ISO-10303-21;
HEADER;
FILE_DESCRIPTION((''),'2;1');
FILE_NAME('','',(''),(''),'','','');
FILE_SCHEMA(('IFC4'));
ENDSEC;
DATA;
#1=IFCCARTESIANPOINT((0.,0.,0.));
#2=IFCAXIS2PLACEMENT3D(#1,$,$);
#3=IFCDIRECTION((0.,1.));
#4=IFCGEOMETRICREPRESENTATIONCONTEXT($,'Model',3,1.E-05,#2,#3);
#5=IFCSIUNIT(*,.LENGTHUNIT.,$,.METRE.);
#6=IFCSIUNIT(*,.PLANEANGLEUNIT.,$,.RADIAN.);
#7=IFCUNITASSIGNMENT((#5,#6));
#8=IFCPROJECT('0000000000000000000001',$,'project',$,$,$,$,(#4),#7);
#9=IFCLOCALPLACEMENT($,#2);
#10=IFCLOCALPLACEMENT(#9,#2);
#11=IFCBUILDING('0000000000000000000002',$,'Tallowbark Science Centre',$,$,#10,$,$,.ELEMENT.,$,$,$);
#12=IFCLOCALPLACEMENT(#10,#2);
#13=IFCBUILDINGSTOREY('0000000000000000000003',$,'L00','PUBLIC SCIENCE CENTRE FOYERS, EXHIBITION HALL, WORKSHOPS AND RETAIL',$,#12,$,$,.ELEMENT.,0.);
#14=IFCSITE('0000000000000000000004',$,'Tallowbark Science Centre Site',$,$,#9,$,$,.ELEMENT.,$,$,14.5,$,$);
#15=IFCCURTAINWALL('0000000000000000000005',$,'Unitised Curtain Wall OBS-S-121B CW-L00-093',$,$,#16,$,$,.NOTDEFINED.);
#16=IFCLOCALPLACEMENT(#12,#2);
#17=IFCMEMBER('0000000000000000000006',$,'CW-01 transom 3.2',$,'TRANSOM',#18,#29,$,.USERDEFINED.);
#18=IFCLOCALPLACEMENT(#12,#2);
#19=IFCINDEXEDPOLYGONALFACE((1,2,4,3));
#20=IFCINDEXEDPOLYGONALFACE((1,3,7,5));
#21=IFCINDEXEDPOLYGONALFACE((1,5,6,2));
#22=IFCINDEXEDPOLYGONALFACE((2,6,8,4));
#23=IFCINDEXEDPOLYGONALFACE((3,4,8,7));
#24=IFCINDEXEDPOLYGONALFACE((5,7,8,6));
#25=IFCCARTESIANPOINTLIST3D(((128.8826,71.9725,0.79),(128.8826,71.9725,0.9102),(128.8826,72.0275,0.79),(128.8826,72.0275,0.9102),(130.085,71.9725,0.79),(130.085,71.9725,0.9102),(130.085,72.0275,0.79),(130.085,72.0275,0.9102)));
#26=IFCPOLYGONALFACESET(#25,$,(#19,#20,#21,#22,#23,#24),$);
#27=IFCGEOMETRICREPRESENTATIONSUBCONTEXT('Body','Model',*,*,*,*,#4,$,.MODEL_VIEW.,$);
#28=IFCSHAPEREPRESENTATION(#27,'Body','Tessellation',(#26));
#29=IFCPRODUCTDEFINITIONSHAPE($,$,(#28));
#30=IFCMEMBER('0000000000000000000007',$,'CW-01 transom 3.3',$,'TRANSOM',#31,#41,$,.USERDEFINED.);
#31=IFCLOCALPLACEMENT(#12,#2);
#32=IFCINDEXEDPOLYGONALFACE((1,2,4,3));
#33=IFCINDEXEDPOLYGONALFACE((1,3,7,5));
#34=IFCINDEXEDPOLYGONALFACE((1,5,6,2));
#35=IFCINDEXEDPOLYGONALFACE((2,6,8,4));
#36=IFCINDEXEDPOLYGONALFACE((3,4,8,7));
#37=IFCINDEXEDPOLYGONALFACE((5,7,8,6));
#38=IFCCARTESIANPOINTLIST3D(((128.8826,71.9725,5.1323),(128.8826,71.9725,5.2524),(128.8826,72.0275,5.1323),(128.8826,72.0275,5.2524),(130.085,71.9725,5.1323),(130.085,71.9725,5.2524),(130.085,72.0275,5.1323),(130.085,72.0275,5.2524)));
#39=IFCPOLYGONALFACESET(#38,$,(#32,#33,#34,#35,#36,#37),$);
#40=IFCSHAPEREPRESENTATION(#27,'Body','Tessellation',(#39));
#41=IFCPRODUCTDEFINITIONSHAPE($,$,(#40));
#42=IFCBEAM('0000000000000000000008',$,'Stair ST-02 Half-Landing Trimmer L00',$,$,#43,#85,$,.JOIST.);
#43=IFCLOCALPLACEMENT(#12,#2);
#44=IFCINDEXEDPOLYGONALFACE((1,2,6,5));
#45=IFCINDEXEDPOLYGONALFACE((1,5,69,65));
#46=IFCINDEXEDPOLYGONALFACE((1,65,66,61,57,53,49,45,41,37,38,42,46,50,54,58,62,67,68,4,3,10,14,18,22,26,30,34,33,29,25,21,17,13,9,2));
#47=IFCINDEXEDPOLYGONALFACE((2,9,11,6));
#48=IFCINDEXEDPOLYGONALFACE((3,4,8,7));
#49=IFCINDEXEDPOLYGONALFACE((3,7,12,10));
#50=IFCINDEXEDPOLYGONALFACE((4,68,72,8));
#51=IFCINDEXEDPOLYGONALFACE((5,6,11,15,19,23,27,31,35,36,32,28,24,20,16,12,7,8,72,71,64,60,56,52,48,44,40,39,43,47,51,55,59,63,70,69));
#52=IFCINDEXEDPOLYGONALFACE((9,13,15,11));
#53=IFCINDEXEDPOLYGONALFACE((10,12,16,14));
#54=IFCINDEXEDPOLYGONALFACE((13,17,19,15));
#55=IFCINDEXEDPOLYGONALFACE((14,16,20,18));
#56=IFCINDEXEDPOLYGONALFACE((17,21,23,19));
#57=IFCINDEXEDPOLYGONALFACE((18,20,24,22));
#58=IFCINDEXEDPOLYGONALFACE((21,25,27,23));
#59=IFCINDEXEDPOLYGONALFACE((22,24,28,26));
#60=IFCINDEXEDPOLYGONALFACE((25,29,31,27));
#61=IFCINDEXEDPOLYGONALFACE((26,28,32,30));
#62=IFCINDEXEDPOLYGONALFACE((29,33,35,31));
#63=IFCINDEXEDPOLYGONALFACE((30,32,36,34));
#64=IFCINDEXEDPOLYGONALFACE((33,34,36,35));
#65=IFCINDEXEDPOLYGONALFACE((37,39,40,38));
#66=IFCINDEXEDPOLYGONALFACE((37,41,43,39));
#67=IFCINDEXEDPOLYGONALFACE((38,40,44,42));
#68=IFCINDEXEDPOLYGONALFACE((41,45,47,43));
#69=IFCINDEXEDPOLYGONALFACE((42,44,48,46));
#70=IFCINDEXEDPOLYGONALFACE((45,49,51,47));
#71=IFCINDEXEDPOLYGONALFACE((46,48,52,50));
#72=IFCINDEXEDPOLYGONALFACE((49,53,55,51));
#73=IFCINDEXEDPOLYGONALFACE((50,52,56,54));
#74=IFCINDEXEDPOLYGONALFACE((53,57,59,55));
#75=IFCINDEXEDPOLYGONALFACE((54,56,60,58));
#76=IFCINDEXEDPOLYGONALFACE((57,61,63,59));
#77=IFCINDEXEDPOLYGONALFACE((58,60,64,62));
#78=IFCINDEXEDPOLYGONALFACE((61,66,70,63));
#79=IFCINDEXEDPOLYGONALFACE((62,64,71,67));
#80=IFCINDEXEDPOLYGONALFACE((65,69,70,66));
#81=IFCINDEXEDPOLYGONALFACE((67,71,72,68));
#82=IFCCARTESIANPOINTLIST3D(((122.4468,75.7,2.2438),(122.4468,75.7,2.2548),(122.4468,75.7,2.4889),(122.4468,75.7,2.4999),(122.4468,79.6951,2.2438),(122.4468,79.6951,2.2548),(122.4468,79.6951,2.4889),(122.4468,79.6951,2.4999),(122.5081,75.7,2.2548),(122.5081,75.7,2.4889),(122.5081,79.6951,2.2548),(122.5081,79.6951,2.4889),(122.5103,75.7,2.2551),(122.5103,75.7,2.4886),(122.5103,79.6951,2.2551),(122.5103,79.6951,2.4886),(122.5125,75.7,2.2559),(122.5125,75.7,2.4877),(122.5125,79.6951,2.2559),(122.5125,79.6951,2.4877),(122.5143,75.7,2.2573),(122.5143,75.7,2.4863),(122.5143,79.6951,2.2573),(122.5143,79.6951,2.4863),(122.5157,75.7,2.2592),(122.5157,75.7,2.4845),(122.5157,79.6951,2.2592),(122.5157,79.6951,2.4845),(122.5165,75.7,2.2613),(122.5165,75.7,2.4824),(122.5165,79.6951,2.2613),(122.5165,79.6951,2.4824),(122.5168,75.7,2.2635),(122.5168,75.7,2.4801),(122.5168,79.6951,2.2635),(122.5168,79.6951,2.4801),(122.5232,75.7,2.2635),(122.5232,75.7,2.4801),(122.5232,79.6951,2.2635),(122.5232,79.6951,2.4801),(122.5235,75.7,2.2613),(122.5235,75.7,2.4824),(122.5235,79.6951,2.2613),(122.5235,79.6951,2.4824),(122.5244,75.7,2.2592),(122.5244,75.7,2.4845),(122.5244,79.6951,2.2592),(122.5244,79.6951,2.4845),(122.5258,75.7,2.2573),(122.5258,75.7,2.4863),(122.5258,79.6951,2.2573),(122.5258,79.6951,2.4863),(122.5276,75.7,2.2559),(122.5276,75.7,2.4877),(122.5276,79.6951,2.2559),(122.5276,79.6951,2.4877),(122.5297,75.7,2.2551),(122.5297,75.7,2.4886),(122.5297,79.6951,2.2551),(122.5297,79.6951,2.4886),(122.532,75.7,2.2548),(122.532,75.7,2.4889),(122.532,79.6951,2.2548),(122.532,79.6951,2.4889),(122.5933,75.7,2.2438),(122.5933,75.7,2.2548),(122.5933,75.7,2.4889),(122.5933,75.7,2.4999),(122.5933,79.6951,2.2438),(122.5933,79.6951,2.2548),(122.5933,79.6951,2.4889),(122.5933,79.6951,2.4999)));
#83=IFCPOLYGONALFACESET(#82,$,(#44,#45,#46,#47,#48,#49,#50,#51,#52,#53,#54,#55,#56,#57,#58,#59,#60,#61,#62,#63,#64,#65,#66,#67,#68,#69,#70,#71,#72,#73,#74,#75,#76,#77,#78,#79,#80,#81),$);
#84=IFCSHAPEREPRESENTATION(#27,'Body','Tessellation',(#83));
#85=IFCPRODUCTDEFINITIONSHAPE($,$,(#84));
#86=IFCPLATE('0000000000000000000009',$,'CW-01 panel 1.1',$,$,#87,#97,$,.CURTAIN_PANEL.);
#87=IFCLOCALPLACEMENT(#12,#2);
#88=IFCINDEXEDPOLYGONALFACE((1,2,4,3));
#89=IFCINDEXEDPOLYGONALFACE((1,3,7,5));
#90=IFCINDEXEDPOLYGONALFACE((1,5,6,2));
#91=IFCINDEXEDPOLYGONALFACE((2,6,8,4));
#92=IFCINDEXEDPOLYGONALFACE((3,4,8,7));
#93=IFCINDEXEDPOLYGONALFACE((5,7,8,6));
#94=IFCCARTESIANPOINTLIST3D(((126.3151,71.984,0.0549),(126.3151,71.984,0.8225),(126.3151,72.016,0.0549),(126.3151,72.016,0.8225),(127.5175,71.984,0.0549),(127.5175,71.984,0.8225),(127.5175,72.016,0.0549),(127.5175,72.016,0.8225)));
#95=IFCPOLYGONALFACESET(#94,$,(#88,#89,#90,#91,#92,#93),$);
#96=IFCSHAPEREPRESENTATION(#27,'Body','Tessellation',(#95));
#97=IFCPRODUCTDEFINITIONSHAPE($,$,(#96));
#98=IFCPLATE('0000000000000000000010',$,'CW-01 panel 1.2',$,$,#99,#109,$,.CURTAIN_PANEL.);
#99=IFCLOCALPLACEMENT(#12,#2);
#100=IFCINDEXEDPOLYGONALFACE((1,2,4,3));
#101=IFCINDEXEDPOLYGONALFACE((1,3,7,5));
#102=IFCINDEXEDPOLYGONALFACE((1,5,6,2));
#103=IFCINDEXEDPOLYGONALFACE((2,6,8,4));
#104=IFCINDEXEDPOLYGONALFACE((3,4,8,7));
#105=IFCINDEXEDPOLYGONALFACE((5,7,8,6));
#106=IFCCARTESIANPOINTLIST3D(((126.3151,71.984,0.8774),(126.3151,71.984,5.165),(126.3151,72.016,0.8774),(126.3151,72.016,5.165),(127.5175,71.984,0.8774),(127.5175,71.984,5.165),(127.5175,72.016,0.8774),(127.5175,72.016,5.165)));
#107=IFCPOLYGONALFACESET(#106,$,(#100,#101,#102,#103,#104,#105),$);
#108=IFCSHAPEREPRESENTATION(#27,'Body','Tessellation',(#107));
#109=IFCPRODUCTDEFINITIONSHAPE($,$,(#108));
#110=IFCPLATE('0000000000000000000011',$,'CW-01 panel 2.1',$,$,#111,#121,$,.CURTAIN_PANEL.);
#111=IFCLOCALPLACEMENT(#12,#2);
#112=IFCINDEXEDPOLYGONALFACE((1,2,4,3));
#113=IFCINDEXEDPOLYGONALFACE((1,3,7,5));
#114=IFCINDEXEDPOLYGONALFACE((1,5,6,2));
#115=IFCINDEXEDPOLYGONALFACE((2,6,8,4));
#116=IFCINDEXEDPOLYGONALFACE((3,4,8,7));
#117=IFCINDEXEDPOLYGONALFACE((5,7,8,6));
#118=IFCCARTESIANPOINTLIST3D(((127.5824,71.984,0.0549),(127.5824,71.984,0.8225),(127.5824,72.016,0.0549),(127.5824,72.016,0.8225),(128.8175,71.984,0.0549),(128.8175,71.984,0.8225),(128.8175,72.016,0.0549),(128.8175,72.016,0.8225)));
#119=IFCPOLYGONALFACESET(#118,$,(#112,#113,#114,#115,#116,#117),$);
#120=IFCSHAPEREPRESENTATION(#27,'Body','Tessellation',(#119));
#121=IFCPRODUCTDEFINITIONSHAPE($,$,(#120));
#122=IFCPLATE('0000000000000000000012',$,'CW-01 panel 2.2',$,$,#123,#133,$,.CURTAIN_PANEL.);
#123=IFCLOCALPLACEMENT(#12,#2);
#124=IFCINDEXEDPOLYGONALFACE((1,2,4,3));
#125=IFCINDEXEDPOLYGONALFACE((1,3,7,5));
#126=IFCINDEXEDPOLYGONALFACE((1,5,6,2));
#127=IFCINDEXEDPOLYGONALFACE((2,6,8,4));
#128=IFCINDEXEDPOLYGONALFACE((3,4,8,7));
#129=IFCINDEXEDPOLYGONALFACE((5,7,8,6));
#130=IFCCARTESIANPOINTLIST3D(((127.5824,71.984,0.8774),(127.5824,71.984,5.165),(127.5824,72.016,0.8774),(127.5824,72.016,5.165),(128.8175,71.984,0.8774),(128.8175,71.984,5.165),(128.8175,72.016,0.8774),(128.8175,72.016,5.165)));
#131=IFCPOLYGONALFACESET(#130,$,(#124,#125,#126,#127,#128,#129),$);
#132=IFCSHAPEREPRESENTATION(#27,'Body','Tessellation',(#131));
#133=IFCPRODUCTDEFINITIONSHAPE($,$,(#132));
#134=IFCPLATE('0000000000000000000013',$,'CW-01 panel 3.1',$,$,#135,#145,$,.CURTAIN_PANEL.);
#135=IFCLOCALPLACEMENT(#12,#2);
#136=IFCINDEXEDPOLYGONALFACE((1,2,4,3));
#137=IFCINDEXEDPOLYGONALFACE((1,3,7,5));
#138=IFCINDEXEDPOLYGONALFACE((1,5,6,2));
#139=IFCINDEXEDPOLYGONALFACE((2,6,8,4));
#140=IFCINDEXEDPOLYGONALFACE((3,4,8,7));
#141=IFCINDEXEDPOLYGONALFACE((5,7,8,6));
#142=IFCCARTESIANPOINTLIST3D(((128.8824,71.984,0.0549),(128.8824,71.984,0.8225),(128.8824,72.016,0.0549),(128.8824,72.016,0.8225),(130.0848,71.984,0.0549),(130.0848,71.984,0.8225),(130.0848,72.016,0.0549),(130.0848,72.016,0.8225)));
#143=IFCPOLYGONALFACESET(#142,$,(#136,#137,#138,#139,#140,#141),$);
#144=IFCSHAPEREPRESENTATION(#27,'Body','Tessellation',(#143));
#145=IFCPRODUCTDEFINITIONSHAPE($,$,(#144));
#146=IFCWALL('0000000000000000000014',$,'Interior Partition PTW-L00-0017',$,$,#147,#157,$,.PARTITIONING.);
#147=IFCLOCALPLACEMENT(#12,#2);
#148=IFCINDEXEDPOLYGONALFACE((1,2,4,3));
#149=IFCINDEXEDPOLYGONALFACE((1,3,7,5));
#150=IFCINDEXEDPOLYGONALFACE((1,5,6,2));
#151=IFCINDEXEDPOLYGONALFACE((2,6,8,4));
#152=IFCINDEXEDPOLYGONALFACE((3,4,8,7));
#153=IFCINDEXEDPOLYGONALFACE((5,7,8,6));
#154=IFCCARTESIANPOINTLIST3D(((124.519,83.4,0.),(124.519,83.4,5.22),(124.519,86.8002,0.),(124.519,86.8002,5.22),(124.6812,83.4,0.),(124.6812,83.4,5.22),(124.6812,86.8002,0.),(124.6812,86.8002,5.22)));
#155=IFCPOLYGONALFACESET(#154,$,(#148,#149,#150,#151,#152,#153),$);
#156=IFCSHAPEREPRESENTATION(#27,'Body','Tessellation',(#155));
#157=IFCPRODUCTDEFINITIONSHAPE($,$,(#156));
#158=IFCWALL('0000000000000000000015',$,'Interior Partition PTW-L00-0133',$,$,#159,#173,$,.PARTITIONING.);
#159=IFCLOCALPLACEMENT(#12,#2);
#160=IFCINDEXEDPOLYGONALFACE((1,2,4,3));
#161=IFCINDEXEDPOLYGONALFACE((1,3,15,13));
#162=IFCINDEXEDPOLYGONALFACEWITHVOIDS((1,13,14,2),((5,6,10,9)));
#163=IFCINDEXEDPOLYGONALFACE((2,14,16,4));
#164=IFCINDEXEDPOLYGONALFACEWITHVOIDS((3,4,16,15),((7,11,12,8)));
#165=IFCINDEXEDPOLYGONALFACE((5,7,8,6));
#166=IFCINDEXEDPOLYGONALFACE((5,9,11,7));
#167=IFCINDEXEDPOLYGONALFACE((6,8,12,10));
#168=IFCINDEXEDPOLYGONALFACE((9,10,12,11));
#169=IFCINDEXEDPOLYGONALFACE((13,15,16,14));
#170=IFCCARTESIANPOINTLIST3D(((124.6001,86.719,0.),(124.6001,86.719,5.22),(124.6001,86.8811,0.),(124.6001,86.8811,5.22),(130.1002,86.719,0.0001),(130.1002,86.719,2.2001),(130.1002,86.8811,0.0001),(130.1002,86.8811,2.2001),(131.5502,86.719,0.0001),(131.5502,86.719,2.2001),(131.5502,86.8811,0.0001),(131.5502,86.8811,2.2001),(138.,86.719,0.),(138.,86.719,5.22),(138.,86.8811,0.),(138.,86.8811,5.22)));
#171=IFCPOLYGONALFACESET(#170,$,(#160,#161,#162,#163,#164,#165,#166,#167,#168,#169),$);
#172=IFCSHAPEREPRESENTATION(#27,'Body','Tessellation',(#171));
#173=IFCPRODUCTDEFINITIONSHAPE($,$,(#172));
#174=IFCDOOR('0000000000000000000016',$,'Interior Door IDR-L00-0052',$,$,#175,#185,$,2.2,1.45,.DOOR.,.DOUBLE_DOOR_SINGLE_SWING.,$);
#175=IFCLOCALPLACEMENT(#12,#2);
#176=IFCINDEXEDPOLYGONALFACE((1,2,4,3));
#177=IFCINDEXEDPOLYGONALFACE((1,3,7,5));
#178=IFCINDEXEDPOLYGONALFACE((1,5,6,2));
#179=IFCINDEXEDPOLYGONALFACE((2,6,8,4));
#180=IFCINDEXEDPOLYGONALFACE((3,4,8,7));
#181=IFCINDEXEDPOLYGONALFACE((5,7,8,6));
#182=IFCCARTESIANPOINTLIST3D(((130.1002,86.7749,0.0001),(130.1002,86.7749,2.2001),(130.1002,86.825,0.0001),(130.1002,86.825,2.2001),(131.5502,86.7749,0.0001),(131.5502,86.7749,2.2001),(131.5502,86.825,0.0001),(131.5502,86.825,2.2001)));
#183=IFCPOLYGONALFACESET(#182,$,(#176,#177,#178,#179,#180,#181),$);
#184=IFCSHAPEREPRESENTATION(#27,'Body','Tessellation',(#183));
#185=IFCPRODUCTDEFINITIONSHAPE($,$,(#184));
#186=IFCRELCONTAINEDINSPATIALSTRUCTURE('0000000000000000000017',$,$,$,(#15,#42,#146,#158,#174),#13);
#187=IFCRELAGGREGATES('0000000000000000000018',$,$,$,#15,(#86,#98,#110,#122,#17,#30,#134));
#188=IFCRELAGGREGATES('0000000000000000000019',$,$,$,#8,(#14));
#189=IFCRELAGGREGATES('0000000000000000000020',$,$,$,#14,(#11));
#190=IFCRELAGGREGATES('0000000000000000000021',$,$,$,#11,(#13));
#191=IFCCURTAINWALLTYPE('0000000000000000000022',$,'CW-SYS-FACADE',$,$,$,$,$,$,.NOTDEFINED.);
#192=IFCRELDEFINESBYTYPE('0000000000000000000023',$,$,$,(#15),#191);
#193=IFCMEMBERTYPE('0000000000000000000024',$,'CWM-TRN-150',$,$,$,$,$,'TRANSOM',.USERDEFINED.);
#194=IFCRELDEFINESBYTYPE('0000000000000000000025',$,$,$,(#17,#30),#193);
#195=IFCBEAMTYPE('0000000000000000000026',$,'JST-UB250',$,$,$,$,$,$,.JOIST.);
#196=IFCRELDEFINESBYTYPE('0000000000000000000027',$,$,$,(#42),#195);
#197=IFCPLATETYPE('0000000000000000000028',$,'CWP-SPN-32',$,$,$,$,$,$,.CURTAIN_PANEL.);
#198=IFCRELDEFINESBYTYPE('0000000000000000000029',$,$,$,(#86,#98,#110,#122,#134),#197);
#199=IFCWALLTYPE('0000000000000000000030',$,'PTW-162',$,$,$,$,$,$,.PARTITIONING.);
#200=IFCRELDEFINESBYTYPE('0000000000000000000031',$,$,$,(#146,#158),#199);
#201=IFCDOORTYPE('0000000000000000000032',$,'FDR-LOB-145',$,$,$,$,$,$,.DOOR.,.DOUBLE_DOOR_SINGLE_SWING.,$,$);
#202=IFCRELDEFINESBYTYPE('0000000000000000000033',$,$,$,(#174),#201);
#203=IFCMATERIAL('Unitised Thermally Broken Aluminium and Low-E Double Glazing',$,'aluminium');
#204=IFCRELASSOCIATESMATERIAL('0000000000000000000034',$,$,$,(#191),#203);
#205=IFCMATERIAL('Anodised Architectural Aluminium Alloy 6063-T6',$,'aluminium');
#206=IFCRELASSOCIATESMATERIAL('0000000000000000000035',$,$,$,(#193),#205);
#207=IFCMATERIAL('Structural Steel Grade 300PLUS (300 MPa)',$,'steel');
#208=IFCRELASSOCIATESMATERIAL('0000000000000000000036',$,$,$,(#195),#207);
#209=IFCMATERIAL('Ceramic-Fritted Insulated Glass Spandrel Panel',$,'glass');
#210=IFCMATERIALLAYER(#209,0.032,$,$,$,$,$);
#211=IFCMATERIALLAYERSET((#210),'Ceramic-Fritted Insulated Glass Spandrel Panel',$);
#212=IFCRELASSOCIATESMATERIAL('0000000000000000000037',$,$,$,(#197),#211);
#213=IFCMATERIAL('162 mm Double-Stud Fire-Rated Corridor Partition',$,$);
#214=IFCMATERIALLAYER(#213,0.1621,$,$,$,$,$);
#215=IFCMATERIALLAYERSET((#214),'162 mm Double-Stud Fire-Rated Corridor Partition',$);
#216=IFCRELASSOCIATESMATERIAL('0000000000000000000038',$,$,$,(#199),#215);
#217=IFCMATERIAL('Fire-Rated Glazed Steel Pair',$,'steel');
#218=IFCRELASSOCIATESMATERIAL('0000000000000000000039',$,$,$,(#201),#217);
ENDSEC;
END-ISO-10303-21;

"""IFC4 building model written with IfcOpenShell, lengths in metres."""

from ifc_helpers import new_model, si_unit, direction, frame, frame_2d, origin, origin_2d, place, context, subcontext, project, spatial, rectangle, i_section, extrude, material, layer, layer_set, material_profile, profile_set, type_object, element, fill, aggregate, save


model = new_model("IFC4")

# Units and contexts
model_context = context("Model", 3, precision=1e-05, world=origin(), true_north=direction((0.0, 1.0)))
body_context = subcontext(model_context, "Body", "Model", "MODEL_VIEW")
ifc_project = project(units=[si_unit("LENGTHUNIT", "METRE"), si_unit("PLANEANGLEUNIT", "RADIAN")], contexts=[model_context])

# Site, building, storey
site_placement = place(None, origin())
site = spatial("IfcSite", under=ifc_project, at=site_placement, Name="Tallowbark Science Centre Site", CompositionType="ELEMENT", RefElevation=14.5)
building_placement = place(site_placement, origin())
building = spatial("IfcBuilding", under=site, at=building_placement, Name="Tallowbark Science Centre", CompositionType="ELEMENT")
storey_placement = place(building_placement, origin())
storey = spatial("IfcBuildingStorey", under=building, at=storey_placement, Name="L00", Description="PUBLIC SCIENCE CENTRE FOYERS, EXHIBITION HALL, WORKSHOPS AND RETAIL", CompositionType="ELEMENT", Elevation=0.0)

# Shared definitions
ifc_material_1 = material(Name="Structural Steel Grade 300PLUS (300 MPa)", Category="steel")

# Curtain wall, members
ifc_material_2 = material(Name="Unitised Thermally Broken Aluminium and Low-E Double Glazing", Category="aluminium")
curtain_wall_type = type_object("IfcCurtainWallType", Name="CW-SYS-FACADE", PredefinedType="NOTDEFINED", material=ifc_material_2)
curtain_wall_placement = place(storey_placement, origin())
curtain_wall = element("IfcCurtainWall", 1, at=curtain_wall_placement, inside=storey, type_object=curtain_wall_type, Name="Unitised Curtain Wall OBS-S-121B CW-L00-093", PredefinedType="NOTDEFINED")
ifc_material_3 = material(Name="Anodised Architectural Aluminium Alloy 6063-T6", Category="aluminium")
ifc_material_profile_1 = material_profile(ifc_material_3, rectangle(XDim=0.0549, YDim=0.1201, at=origin_2d()), Name="ALU55x120")
ifc_profile_set_1 = profile_set([ifc_material_profile_1], Name="Anodised Architectural Aluminium Alloy 6063-T6")
member_type_1 = type_object("IfcMemberType", Name="CWM-TRN-150", ElementType="TRANSOM", PredefinedType="USERDEFINED", material=ifc_profile_set_1)
member_1_placement = place(storey_placement, frame((128.8826, 72.0, 0.8501), z_axis=(1.0, 0.0, 0.0), x_axis=(0.0, 1.0, 0.0)))
member_1 = element("IfcMember", 2, at=member_1_placement, type_object=member_type_1, Name="CW-01 transom 3.2", ObjectType="TRANSOM", PredefinedType="USERDEFINED", context=body_context, shape_type="SweptSolid", body=[
    extrude(rectangle(XDim=0.0549, YDim=0.1201, at=origin_2d()), origin(), (0.0, 0.0, 1.0), 1.2024),
])
member_2_placement = place(storey_placement, frame((128.8826, 72.0, 5.1924), z_axis=(1.0, 0.0, 0.0), x_axis=(0.0, 1.0, 0.0)))
member_2 = element("IfcMember", 3, at=member_2_placement, type_object=member_type_1, Name="CW-01 transom 3.3", ObjectType="TRANSOM", PredefinedType="USERDEFINED", context=body_context, shape_type="SweptSolid", body=[
    extrude(rectangle(XDim=0.0549, YDim=0.1201, at=origin_2d()), origin(), (0.0, 0.0, 1.0), 1.2024),
])

# Beam
ifc_material_profile_2 = material_profile(ifc_material_1, i_section(OverallWidth=0.1465, OverallDepth=0.2561, WebThickness=0.0063, FlangeThickness=0.011, FilletRadius=0.0088, at=origin_2d()), Name="250UB37.3")
ifc_profile_set_2 = profile_set([ifc_material_profile_2], Name="Structural Steel Grade 300PLUS (300 MPa)")
beam_type_1 = type_object("IfcBeamType", Name="JST-UB250", PredefinedType="JOIST", material=ifc_profile_set_2)
beam_1_placement = place(storey_placement, frame((122.52, 75.7, 2.3718), z_axis=(0.0, 1.0, 0.0), x_axis=(-1.0, 0.0, 0.0)))
element("IfcBeam", 4, at=beam_1_placement, inside=storey, type_object=beam_type_1, Name="Stair ST-02 Half-Landing Trimmer L00", PredefinedType="JOIST", context=body_context, shape_type="SweptSolid", body=[
    extrude(i_section(OverallWidth=0.1465, OverallDepth=0.2561, WebThickness=0.0063, FlangeThickness=0.011, FilletRadius=0.0088, at=origin_2d()), origin(), (0.0, 0.0, 1.0), 3.9951),
])

# Plates
ifc_material_4 = material(Name="Ceramic-Fritted Insulated Glass Spandrel Panel", Category="glass")
ifc_layer_1 = layer(ifc_material_4, 0.032)
ifc_layer_set_1 = layer_set([ifc_layer_1], Name="Ceramic-Fritted Insulated Glass Spandrel Panel")
plate_type = type_object("IfcPlateType", Name="CWP-SPN-32", PredefinedType="CURTAIN_PANEL", material=ifc_layer_set_1)
plate_1_placement = place(storey_placement, frame((126.9163, 72.0, 0.0549), z_axis=(0.0, 0.0, 1.0), x_axis=(1.0, 0.0, 0.0)))
plate_1 = element("IfcPlate", 5, at=plate_1_placement, type_object=plate_type, Name="CW-01 panel 1.1", PredefinedType="CURTAIN_PANEL", context=body_context, shape_type="SweptSolid", body=[
    extrude(rectangle(XDim=1.2024, YDim=0.032, at=origin_2d()), origin(), (0.0, 0.0, 1.0), 0.7676),
])
plate_2_placement = place(storey_placement, frame((126.9163, 72.0, 0.8774), z_axis=(0.0, 0.0, 1.0), x_axis=(1.0, 0.0, 0.0)))
plate_2 = element("IfcPlate", 6, at=plate_2_placement, type_object=plate_type, Name="CW-01 panel 1.2", PredefinedType="CURTAIN_PANEL", context=body_context, shape_type="SweptSolid", body=[
    extrude(rectangle(XDim=1.2024, YDim=0.032, at=origin_2d()), origin(), (0.0, 0.0, 1.0), 4.2876),
])
plate_3_placement = place(storey_placement, frame((128.2, 72.0, 0.0549), z_axis=(0.0, 0.0, 1.0), x_axis=(1.0, 0.0, 0.0)))
plate_3 = element("IfcPlate", 7, at=plate_3_placement, type_object=plate_type, Name="CW-01 panel 2.1", PredefinedType="CURTAIN_PANEL", context=body_context, shape_type="SweptSolid", body=[
    extrude(rectangle(XDim=1.2351, YDim=0.032, at=origin_2d()), origin(), (0.0, 0.0, 1.0), 0.7676),
])
plate_4_placement = place(storey_placement, frame((128.2, 72.0, 0.8774), z_axis=(0.0, 0.0, 1.0), x_axis=(1.0, 0.0, 0.0)))
plate_4 = element("IfcPlate", 8, at=plate_4_placement, type_object=plate_type, Name="CW-01 panel 2.2", PredefinedType="CURTAIN_PANEL", context=body_context, shape_type="SweptSolid", body=[
    extrude(rectangle(XDim=1.2351, YDim=0.032, at=origin_2d()), origin(), (0.0, 0.0, 1.0), 4.2876),
])
plate_5_placement = place(storey_placement, frame((129.4836, 72.0, 0.0549), z_axis=(0.0, 0.0, 1.0), x_axis=(1.0, 0.0, 0.0)))
plate_5 = element("IfcPlate", 9, at=plate_5_placement, type_object=plate_type, Name="CW-01 panel 3.1", PredefinedType="CURTAIN_PANEL", context=body_context, shape_type="SweptSolid", body=[
    extrude(rectangle(XDim=1.2024, YDim=0.032, at=origin_2d()), origin(), (0.0, 0.0, 1.0), 0.7676),
])
aggregate(curtain_wall, [plate_1, plate_2, plate_3, plate_4, member_1, member_2, plate_5])

# Wall
ifc_material_5 = material(Name="162 mm Double-Stud Fire-Rated Corridor Partition")
ifc_layer_2 = layer(ifc_material_5, 0.1621)
ifc_layer_set_2 = layer_set([ifc_layer_2], Name="162 mm Double-Stud Fire-Rated Corridor Partition")
wall_type_1 = type_object("IfcWallType", Name="PTW-162", PredefinedType="PARTITIONING", material=ifc_layer_set_2)
wall_1_placement = place(storey_placement, frame((124.6001, 83.3999, 0.0), z_axis=(0.0, 0.0, 1.0), x_axis=(0.0, 1.0, 0.0)))
element("IfcWall", 10, at=wall_1_placement, inside=storey, type_object=wall_type_1, Name="Interior Partition PTW-L00-0017", PredefinedType="PARTITIONING", context=body_context, shape_type="SweptSolid", body=[
    extrude(rectangle(XDim=3.4001, YDim=0.1621, at=frame_2d((1.7002, 0.0))), origin(), (0.0, 0.0, 1.0), 5.22),
])

# Wall, opening, door
wall_2_placement = place(storey_placement, frame((124.6001, 86.8, 0.0), z_axis=(0.0, 0.0, 1.0), x_axis=(1.0, 0.0, 0.0)))
wall_2 = element("IfcWall", 11, at=wall_2_placement, inside=storey, type_object=wall_type_1, Name="Interior Partition PTW-L00-0133", PredefinedType="PARTITIONING", context=body_context, shape_type="SweptSolid", body=[
    extrude(rectangle(XDim=13.3999, YDim=0.1621, at=frame_2d((6.7, 0.0))), origin(), (0.0, 0.0, 1.0), 5.22),
])
opening_1_placement = place(wall_2_placement, frame((5.5, 0.0, 0.0)))
opening_1 = element("IfcOpeningElement", 12, at=opening_1_placement, cuts=wall_2, PredefinedType="OPENING", context=body_context, shape_type="SweptSolid", body=[
    extrude(rectangle(XDim=1.45, YDim=2.2, at=frame_2d((0.7251, 1.1001))), frame((0.0, 0.0911, 0.0), z_axis=(0.0, -1.0, 0.0), x_axis=(1.0, 0.0, 0.0)), (0.0, 0.0, 1.0), 0.1821),
])
ifc_material_6 = material(Name="Fire-Rated Glazed Steel Pair", Category="steel")
door_type_1 = type_object("IfcDoorType", Name="FDR-LOB-145", OperationType="DOUBLE_DOOR_SINGLE_SWING", PredefinedType="DOOR", material=ifc_material_6)
door_1_placement = place(opening_1_placement, origin())
door_1 = element("IfcDoor", 13, at=door_1_placement, inside=storey, type_object=door_type_1, Name="Interior Door IDR-L00-0052", OperationType="DOUBLE_DOOR_SINGLE_SWING", OverallHeight=2.2, OverallWidth=1.45, PredefinedType="DOOR", context=body_context, shape_type="SweptSolid", body=[
    extrude(rectangle(XDim=1.45, YDim=2.2, at=frame_2d((0.7251, 1.1001))), frame((0.0, 0.0249, 0.0), z_axis=(0.0, -1.0, 0.0), x_axis=(1.0, 0.0, 0.0)), (0.0, 0.0, 1.0), 0.05),
])
fill(opening_1, door_1)

save(model, "model.ifc")
